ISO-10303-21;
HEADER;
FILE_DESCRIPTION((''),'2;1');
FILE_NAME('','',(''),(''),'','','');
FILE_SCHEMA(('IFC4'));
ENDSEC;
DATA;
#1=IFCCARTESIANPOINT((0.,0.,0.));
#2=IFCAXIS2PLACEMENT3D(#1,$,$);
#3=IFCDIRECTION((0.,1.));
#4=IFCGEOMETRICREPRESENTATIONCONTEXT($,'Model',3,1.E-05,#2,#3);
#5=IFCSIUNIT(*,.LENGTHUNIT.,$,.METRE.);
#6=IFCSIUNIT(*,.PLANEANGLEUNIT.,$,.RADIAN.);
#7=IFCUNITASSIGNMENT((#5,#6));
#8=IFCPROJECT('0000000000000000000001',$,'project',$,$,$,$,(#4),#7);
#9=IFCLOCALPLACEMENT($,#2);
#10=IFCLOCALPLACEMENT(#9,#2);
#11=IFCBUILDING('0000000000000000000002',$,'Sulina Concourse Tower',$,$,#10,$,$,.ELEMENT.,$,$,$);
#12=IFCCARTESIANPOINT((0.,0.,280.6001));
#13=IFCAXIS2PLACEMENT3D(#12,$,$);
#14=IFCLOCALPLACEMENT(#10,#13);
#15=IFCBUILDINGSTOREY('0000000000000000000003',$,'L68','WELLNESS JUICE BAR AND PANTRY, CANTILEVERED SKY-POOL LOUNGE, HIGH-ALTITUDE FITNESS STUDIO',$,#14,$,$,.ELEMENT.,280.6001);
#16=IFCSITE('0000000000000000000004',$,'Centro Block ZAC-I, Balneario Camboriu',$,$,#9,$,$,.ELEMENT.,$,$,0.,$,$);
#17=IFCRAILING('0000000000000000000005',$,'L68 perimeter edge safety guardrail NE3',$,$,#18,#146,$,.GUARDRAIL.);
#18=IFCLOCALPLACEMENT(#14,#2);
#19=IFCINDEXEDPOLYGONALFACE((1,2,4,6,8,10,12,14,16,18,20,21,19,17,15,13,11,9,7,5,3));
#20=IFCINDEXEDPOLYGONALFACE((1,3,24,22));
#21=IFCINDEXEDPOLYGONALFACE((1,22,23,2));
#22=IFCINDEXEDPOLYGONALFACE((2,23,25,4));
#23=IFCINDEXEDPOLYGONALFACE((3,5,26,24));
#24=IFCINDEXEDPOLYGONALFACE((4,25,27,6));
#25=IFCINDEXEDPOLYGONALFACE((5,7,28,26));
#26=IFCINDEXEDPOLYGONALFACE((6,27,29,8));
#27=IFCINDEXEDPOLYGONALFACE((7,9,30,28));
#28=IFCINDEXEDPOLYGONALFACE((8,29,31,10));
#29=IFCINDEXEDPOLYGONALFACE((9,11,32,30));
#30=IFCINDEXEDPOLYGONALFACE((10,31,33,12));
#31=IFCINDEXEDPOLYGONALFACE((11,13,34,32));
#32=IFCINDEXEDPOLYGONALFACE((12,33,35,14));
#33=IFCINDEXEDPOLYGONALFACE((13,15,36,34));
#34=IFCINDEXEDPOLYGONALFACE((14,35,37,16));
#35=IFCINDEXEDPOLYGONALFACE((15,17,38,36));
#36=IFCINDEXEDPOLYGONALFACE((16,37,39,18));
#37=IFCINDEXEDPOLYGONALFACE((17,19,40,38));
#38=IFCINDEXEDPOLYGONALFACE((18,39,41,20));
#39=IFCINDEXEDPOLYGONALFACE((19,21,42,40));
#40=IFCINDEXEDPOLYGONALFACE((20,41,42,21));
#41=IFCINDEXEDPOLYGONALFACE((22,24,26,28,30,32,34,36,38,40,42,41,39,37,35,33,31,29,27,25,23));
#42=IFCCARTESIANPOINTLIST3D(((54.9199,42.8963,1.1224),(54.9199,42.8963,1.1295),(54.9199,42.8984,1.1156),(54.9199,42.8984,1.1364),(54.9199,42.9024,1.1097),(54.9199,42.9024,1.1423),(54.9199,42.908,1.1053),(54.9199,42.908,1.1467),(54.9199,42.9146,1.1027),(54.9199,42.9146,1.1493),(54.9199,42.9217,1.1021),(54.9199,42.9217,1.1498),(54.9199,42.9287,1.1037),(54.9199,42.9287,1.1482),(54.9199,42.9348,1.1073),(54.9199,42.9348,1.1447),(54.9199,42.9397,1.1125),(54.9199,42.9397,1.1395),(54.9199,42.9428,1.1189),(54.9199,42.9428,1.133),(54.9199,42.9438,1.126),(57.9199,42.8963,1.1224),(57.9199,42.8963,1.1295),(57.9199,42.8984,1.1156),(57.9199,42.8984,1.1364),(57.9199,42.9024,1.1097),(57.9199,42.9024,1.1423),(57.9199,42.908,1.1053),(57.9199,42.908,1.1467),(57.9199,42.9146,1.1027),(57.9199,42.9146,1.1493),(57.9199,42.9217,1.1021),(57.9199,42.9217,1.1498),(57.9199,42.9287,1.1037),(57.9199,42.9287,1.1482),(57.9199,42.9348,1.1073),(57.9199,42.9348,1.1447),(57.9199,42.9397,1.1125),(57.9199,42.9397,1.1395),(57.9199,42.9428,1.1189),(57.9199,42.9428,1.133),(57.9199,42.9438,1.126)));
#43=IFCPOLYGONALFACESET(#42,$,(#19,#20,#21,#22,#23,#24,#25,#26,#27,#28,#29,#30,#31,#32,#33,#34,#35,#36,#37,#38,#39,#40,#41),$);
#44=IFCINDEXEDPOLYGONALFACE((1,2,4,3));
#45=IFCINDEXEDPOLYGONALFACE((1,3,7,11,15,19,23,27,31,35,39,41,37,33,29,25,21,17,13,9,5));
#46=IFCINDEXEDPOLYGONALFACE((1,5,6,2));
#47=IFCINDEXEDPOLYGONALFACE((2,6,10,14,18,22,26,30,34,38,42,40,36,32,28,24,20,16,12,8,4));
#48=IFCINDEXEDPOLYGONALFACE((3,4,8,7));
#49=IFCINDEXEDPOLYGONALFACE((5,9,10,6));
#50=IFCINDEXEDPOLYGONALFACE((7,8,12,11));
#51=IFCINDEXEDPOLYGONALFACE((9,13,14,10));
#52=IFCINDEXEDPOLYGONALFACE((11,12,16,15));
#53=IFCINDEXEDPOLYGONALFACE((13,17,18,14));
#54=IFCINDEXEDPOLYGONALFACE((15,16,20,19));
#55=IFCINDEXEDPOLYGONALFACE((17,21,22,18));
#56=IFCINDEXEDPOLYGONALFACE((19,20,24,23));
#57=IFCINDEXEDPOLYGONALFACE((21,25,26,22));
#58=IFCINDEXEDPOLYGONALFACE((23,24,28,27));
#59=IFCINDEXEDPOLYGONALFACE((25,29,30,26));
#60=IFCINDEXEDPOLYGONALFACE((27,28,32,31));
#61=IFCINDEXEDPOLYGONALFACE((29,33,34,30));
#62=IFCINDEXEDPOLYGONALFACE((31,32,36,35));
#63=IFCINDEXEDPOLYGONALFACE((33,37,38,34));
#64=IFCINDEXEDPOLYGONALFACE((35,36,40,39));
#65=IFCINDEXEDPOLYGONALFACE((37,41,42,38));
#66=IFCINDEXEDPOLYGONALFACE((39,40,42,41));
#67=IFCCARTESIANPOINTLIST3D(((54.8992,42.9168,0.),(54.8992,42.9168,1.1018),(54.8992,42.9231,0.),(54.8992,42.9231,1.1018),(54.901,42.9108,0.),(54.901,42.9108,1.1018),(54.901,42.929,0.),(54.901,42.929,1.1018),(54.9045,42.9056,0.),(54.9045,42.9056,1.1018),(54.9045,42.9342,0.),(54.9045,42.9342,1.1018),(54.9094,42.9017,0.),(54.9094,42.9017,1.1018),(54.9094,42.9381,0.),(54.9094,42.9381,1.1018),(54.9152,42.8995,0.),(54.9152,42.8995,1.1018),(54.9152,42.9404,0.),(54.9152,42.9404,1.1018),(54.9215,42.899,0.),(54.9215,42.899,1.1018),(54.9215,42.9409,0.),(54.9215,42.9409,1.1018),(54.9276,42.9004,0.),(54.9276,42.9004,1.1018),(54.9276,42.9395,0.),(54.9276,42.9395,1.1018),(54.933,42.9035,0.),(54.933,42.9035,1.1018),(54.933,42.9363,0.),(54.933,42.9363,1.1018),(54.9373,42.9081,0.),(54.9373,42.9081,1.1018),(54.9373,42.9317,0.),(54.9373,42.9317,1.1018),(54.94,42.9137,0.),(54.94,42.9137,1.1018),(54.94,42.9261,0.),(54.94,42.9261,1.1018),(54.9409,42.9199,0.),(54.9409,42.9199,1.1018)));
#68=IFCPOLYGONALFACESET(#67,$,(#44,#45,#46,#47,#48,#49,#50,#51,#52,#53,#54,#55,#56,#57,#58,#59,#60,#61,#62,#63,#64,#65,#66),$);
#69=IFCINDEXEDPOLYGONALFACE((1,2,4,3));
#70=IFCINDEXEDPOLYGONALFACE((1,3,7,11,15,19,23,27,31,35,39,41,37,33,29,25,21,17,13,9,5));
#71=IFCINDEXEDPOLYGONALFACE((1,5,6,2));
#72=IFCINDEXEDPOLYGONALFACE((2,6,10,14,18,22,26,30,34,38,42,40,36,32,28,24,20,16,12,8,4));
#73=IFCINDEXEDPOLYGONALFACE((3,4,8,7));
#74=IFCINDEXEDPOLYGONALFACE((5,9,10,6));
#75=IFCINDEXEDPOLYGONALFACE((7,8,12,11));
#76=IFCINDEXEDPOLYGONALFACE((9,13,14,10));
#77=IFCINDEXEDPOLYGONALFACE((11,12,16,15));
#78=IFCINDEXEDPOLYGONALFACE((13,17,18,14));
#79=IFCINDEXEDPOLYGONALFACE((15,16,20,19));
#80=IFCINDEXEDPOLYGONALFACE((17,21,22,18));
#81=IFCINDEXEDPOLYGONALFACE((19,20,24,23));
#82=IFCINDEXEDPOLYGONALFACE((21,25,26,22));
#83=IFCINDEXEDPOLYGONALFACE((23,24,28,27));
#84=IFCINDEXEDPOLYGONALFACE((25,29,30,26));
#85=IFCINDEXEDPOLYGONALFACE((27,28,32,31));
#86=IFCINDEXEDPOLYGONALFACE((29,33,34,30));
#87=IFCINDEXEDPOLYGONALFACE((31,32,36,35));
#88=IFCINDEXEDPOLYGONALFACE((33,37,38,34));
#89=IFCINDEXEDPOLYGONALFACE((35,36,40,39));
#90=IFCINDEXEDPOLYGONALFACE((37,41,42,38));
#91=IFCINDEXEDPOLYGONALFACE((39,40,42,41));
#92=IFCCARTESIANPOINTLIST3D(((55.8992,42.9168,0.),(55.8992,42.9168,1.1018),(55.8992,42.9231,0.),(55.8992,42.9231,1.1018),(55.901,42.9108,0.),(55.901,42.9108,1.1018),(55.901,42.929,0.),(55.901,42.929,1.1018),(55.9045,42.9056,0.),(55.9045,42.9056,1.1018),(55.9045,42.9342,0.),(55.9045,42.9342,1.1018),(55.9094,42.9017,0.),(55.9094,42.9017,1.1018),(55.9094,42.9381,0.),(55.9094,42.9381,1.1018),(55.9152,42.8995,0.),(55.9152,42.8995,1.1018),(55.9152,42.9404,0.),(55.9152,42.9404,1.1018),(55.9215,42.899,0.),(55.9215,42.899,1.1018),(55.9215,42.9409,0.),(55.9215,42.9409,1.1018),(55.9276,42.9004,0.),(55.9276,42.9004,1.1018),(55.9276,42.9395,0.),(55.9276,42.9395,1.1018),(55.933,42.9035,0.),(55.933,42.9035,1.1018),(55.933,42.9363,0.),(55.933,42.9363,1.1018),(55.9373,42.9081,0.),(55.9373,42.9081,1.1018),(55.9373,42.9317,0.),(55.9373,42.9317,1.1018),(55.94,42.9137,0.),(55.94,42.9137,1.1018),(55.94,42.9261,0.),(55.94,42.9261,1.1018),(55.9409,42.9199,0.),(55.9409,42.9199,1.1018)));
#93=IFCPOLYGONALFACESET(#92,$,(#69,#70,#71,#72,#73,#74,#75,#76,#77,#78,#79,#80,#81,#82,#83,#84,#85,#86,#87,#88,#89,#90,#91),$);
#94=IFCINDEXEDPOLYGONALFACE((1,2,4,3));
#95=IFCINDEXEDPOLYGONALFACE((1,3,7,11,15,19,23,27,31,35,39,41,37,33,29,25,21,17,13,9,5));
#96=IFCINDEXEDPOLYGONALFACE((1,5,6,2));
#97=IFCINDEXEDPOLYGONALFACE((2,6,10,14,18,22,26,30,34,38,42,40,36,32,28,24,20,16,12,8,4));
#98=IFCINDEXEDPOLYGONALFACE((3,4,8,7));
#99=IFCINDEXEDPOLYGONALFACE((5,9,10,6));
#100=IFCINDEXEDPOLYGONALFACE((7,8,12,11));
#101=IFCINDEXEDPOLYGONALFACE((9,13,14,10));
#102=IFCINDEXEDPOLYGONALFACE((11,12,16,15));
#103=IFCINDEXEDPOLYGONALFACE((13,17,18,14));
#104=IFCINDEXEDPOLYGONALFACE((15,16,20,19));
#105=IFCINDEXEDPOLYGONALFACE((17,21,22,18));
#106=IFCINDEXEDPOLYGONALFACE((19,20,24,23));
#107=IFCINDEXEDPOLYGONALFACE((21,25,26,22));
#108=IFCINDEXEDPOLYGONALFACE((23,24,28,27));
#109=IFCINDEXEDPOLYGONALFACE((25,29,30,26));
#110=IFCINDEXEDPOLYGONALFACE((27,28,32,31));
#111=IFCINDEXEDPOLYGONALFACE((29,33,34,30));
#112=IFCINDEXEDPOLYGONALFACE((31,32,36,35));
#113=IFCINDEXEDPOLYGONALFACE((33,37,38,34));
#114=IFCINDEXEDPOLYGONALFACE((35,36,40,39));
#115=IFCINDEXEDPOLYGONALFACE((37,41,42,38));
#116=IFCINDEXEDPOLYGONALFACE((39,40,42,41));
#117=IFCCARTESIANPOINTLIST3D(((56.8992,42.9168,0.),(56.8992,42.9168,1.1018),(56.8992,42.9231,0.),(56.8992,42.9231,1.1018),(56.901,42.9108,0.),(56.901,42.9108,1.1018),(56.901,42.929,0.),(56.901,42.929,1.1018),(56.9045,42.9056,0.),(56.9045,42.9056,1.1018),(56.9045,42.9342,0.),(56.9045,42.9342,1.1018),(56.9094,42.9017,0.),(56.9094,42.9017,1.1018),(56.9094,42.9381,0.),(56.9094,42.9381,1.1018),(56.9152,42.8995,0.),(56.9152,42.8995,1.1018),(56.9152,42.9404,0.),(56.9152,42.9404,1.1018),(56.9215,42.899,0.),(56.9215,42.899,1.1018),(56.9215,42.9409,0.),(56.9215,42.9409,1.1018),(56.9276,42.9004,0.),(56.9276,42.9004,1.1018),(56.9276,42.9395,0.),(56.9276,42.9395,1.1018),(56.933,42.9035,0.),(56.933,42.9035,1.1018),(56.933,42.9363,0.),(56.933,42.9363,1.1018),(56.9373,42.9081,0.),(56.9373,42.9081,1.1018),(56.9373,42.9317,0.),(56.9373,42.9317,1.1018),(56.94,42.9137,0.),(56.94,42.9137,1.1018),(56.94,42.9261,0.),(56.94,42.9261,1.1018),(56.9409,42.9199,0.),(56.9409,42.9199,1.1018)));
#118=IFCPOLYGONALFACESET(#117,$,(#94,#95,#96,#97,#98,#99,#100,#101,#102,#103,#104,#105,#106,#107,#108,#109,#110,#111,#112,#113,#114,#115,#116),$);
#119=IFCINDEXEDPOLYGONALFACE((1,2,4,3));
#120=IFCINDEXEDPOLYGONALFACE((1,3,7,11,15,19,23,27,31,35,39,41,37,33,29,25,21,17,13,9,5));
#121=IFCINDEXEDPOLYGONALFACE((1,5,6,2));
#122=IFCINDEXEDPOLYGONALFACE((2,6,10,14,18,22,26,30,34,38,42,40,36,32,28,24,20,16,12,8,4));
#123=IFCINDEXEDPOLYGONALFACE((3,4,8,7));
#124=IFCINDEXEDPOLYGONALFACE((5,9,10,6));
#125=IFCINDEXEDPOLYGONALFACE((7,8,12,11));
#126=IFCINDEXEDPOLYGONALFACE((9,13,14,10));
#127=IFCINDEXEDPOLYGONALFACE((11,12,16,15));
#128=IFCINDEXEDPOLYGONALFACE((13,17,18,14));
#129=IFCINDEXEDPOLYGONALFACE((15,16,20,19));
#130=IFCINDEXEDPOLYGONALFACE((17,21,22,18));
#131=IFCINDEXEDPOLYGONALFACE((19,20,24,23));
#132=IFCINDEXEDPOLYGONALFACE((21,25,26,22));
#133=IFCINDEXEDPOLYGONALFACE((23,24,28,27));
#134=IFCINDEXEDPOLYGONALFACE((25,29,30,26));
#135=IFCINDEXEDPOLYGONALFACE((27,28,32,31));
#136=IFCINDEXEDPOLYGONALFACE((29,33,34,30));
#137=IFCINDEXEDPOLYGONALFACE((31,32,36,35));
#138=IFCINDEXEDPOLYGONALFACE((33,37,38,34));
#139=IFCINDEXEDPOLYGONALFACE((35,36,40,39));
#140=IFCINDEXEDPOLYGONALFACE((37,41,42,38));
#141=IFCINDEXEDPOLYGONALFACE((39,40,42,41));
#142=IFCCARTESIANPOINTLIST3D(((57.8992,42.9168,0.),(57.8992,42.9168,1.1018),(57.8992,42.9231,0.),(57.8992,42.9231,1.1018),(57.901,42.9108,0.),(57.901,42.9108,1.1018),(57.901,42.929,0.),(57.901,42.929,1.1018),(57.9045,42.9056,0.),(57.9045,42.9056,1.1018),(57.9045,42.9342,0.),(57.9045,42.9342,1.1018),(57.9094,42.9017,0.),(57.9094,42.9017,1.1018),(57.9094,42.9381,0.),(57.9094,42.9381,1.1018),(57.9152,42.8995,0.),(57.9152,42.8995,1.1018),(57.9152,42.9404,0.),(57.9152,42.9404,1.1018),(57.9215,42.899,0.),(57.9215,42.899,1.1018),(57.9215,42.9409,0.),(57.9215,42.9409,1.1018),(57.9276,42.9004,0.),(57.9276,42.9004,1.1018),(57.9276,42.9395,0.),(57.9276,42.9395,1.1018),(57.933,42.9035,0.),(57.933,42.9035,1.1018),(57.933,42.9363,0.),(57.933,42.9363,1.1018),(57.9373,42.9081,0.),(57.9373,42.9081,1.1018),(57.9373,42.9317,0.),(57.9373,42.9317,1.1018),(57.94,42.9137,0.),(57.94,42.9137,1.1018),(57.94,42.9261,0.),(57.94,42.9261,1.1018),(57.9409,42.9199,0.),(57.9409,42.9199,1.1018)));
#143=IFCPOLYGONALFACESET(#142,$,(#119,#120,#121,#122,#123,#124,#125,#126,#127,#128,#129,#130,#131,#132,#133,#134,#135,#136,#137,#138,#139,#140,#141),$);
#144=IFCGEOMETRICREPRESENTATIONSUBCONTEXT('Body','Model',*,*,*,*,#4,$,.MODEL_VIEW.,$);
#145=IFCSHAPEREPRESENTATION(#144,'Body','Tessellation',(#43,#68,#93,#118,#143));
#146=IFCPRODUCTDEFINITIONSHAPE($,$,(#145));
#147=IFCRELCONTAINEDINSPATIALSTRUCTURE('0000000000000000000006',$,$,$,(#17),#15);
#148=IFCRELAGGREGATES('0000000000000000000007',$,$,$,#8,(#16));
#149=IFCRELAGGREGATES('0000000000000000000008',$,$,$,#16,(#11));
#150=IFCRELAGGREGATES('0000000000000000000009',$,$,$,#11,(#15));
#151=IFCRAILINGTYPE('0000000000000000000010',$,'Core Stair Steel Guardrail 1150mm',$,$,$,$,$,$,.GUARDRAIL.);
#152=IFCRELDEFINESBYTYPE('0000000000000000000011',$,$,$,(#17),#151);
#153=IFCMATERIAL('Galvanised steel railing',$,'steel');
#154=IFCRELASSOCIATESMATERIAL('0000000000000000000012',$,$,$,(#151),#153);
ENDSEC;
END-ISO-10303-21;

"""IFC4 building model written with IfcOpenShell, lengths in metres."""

from ifc_helpers import new_model, si_unit, direction, frame, origin, origin_2d, place, context, subcontext, project, spatial, circle, extrude, material, type_object, element, save


model = new_model("IFC4")

# Units and contexts
model_context = context("Model", 3, precision=1e-05, world=origin(), true_north=direction((0.0, 1.0)))
body_context = subcontext(model_context, "Body", "Model", "MODEL_VIEW")
ifc_project = project(units=[si_unit("LENGTHUNIT", "METRE"), si_unit("PLANEANGLEUNIT", "RADIAN")], contexts=[model_context])

# Site, building, storey
site_placement = place(None, origin())
site = spatial("IfcSite", under=ifc_project, at=site_placement, Name="Centro Block ZAC-I, Balneario Camboriu", CompositionType="ELEMENT", RefElevation=0.0)
building_placement = place(site_placement, origin())
building = spatial("IfcBuilding", under=site, at=building_placement, Name="Sulina Concourse Tower", CompositionType="ELEMENT")
storey_placement = place(building_placement, frame((0.0, 0.0, 280.6001)))
storey = spatial("IfcBuildingStorey", under=building, at=storey_placement, Name="L68", Description="WELLNESS JUICE BAR AND PANTRY, CANTILEVERED SKY-POOL LOUNGE, HIGH-ALTITUDE FITNESS STUDIO", CompositionType="ELEMENT", Elevation=280.6001)

# Railing
ifc_material_1 = material(Name="Galvanised steel railing", Category="steel")
railing_type_1 = type_object("IfcRailingType", Name="Core Stair Steel Guardrail 1150mm", PredefinedType="GUARDRAIL", material=ifc_material_1)
railing_1_placement = place(storey_placement, frame((54.9199, 42.9199, 0.0)))
element("IfcRailing", 1, at=railing_1_placement, inside=storey, type_object=railing_type_1, Name="L68 perimeter edge safety guardrail NE3", PredefinedType="GUARDRAIL", context=body_context, shape_type="SweptSolid", body=[
    extrude(circle(Radius=0.0239, at=origin_2d()), frame((0.0, 0.0, 1.126), z_axis=(1.0, 0.0, 0.0), x_axis=(0.0, 1.0, 0.0)), (0.0, 0.0, 1.0), 3.0),
    extrude(circle(Radius=0.021, at=origin_2d()), origin(), (0.0, 0.0, 1.0), 1.1018),
    extrude(circle(Radius=0.021, at=origin_2d()), frame((1.0, 0.0, 0.0)), (0.0, 0.0, 1.0), 1.1018),
    extrude(circle(Radius=0.021, at=origin_2d()), frame((2.0, 0.0, 0.0)), (0.0, 0.0, 1.0), 1.1018),
    extrude(circle(Radius=0.021, at=origin_2d()), frame((3.0, 0.0, 0.0)), (0.0, 0.0, 1.0), 1.1018),
])

save(model, "model.ifc")
